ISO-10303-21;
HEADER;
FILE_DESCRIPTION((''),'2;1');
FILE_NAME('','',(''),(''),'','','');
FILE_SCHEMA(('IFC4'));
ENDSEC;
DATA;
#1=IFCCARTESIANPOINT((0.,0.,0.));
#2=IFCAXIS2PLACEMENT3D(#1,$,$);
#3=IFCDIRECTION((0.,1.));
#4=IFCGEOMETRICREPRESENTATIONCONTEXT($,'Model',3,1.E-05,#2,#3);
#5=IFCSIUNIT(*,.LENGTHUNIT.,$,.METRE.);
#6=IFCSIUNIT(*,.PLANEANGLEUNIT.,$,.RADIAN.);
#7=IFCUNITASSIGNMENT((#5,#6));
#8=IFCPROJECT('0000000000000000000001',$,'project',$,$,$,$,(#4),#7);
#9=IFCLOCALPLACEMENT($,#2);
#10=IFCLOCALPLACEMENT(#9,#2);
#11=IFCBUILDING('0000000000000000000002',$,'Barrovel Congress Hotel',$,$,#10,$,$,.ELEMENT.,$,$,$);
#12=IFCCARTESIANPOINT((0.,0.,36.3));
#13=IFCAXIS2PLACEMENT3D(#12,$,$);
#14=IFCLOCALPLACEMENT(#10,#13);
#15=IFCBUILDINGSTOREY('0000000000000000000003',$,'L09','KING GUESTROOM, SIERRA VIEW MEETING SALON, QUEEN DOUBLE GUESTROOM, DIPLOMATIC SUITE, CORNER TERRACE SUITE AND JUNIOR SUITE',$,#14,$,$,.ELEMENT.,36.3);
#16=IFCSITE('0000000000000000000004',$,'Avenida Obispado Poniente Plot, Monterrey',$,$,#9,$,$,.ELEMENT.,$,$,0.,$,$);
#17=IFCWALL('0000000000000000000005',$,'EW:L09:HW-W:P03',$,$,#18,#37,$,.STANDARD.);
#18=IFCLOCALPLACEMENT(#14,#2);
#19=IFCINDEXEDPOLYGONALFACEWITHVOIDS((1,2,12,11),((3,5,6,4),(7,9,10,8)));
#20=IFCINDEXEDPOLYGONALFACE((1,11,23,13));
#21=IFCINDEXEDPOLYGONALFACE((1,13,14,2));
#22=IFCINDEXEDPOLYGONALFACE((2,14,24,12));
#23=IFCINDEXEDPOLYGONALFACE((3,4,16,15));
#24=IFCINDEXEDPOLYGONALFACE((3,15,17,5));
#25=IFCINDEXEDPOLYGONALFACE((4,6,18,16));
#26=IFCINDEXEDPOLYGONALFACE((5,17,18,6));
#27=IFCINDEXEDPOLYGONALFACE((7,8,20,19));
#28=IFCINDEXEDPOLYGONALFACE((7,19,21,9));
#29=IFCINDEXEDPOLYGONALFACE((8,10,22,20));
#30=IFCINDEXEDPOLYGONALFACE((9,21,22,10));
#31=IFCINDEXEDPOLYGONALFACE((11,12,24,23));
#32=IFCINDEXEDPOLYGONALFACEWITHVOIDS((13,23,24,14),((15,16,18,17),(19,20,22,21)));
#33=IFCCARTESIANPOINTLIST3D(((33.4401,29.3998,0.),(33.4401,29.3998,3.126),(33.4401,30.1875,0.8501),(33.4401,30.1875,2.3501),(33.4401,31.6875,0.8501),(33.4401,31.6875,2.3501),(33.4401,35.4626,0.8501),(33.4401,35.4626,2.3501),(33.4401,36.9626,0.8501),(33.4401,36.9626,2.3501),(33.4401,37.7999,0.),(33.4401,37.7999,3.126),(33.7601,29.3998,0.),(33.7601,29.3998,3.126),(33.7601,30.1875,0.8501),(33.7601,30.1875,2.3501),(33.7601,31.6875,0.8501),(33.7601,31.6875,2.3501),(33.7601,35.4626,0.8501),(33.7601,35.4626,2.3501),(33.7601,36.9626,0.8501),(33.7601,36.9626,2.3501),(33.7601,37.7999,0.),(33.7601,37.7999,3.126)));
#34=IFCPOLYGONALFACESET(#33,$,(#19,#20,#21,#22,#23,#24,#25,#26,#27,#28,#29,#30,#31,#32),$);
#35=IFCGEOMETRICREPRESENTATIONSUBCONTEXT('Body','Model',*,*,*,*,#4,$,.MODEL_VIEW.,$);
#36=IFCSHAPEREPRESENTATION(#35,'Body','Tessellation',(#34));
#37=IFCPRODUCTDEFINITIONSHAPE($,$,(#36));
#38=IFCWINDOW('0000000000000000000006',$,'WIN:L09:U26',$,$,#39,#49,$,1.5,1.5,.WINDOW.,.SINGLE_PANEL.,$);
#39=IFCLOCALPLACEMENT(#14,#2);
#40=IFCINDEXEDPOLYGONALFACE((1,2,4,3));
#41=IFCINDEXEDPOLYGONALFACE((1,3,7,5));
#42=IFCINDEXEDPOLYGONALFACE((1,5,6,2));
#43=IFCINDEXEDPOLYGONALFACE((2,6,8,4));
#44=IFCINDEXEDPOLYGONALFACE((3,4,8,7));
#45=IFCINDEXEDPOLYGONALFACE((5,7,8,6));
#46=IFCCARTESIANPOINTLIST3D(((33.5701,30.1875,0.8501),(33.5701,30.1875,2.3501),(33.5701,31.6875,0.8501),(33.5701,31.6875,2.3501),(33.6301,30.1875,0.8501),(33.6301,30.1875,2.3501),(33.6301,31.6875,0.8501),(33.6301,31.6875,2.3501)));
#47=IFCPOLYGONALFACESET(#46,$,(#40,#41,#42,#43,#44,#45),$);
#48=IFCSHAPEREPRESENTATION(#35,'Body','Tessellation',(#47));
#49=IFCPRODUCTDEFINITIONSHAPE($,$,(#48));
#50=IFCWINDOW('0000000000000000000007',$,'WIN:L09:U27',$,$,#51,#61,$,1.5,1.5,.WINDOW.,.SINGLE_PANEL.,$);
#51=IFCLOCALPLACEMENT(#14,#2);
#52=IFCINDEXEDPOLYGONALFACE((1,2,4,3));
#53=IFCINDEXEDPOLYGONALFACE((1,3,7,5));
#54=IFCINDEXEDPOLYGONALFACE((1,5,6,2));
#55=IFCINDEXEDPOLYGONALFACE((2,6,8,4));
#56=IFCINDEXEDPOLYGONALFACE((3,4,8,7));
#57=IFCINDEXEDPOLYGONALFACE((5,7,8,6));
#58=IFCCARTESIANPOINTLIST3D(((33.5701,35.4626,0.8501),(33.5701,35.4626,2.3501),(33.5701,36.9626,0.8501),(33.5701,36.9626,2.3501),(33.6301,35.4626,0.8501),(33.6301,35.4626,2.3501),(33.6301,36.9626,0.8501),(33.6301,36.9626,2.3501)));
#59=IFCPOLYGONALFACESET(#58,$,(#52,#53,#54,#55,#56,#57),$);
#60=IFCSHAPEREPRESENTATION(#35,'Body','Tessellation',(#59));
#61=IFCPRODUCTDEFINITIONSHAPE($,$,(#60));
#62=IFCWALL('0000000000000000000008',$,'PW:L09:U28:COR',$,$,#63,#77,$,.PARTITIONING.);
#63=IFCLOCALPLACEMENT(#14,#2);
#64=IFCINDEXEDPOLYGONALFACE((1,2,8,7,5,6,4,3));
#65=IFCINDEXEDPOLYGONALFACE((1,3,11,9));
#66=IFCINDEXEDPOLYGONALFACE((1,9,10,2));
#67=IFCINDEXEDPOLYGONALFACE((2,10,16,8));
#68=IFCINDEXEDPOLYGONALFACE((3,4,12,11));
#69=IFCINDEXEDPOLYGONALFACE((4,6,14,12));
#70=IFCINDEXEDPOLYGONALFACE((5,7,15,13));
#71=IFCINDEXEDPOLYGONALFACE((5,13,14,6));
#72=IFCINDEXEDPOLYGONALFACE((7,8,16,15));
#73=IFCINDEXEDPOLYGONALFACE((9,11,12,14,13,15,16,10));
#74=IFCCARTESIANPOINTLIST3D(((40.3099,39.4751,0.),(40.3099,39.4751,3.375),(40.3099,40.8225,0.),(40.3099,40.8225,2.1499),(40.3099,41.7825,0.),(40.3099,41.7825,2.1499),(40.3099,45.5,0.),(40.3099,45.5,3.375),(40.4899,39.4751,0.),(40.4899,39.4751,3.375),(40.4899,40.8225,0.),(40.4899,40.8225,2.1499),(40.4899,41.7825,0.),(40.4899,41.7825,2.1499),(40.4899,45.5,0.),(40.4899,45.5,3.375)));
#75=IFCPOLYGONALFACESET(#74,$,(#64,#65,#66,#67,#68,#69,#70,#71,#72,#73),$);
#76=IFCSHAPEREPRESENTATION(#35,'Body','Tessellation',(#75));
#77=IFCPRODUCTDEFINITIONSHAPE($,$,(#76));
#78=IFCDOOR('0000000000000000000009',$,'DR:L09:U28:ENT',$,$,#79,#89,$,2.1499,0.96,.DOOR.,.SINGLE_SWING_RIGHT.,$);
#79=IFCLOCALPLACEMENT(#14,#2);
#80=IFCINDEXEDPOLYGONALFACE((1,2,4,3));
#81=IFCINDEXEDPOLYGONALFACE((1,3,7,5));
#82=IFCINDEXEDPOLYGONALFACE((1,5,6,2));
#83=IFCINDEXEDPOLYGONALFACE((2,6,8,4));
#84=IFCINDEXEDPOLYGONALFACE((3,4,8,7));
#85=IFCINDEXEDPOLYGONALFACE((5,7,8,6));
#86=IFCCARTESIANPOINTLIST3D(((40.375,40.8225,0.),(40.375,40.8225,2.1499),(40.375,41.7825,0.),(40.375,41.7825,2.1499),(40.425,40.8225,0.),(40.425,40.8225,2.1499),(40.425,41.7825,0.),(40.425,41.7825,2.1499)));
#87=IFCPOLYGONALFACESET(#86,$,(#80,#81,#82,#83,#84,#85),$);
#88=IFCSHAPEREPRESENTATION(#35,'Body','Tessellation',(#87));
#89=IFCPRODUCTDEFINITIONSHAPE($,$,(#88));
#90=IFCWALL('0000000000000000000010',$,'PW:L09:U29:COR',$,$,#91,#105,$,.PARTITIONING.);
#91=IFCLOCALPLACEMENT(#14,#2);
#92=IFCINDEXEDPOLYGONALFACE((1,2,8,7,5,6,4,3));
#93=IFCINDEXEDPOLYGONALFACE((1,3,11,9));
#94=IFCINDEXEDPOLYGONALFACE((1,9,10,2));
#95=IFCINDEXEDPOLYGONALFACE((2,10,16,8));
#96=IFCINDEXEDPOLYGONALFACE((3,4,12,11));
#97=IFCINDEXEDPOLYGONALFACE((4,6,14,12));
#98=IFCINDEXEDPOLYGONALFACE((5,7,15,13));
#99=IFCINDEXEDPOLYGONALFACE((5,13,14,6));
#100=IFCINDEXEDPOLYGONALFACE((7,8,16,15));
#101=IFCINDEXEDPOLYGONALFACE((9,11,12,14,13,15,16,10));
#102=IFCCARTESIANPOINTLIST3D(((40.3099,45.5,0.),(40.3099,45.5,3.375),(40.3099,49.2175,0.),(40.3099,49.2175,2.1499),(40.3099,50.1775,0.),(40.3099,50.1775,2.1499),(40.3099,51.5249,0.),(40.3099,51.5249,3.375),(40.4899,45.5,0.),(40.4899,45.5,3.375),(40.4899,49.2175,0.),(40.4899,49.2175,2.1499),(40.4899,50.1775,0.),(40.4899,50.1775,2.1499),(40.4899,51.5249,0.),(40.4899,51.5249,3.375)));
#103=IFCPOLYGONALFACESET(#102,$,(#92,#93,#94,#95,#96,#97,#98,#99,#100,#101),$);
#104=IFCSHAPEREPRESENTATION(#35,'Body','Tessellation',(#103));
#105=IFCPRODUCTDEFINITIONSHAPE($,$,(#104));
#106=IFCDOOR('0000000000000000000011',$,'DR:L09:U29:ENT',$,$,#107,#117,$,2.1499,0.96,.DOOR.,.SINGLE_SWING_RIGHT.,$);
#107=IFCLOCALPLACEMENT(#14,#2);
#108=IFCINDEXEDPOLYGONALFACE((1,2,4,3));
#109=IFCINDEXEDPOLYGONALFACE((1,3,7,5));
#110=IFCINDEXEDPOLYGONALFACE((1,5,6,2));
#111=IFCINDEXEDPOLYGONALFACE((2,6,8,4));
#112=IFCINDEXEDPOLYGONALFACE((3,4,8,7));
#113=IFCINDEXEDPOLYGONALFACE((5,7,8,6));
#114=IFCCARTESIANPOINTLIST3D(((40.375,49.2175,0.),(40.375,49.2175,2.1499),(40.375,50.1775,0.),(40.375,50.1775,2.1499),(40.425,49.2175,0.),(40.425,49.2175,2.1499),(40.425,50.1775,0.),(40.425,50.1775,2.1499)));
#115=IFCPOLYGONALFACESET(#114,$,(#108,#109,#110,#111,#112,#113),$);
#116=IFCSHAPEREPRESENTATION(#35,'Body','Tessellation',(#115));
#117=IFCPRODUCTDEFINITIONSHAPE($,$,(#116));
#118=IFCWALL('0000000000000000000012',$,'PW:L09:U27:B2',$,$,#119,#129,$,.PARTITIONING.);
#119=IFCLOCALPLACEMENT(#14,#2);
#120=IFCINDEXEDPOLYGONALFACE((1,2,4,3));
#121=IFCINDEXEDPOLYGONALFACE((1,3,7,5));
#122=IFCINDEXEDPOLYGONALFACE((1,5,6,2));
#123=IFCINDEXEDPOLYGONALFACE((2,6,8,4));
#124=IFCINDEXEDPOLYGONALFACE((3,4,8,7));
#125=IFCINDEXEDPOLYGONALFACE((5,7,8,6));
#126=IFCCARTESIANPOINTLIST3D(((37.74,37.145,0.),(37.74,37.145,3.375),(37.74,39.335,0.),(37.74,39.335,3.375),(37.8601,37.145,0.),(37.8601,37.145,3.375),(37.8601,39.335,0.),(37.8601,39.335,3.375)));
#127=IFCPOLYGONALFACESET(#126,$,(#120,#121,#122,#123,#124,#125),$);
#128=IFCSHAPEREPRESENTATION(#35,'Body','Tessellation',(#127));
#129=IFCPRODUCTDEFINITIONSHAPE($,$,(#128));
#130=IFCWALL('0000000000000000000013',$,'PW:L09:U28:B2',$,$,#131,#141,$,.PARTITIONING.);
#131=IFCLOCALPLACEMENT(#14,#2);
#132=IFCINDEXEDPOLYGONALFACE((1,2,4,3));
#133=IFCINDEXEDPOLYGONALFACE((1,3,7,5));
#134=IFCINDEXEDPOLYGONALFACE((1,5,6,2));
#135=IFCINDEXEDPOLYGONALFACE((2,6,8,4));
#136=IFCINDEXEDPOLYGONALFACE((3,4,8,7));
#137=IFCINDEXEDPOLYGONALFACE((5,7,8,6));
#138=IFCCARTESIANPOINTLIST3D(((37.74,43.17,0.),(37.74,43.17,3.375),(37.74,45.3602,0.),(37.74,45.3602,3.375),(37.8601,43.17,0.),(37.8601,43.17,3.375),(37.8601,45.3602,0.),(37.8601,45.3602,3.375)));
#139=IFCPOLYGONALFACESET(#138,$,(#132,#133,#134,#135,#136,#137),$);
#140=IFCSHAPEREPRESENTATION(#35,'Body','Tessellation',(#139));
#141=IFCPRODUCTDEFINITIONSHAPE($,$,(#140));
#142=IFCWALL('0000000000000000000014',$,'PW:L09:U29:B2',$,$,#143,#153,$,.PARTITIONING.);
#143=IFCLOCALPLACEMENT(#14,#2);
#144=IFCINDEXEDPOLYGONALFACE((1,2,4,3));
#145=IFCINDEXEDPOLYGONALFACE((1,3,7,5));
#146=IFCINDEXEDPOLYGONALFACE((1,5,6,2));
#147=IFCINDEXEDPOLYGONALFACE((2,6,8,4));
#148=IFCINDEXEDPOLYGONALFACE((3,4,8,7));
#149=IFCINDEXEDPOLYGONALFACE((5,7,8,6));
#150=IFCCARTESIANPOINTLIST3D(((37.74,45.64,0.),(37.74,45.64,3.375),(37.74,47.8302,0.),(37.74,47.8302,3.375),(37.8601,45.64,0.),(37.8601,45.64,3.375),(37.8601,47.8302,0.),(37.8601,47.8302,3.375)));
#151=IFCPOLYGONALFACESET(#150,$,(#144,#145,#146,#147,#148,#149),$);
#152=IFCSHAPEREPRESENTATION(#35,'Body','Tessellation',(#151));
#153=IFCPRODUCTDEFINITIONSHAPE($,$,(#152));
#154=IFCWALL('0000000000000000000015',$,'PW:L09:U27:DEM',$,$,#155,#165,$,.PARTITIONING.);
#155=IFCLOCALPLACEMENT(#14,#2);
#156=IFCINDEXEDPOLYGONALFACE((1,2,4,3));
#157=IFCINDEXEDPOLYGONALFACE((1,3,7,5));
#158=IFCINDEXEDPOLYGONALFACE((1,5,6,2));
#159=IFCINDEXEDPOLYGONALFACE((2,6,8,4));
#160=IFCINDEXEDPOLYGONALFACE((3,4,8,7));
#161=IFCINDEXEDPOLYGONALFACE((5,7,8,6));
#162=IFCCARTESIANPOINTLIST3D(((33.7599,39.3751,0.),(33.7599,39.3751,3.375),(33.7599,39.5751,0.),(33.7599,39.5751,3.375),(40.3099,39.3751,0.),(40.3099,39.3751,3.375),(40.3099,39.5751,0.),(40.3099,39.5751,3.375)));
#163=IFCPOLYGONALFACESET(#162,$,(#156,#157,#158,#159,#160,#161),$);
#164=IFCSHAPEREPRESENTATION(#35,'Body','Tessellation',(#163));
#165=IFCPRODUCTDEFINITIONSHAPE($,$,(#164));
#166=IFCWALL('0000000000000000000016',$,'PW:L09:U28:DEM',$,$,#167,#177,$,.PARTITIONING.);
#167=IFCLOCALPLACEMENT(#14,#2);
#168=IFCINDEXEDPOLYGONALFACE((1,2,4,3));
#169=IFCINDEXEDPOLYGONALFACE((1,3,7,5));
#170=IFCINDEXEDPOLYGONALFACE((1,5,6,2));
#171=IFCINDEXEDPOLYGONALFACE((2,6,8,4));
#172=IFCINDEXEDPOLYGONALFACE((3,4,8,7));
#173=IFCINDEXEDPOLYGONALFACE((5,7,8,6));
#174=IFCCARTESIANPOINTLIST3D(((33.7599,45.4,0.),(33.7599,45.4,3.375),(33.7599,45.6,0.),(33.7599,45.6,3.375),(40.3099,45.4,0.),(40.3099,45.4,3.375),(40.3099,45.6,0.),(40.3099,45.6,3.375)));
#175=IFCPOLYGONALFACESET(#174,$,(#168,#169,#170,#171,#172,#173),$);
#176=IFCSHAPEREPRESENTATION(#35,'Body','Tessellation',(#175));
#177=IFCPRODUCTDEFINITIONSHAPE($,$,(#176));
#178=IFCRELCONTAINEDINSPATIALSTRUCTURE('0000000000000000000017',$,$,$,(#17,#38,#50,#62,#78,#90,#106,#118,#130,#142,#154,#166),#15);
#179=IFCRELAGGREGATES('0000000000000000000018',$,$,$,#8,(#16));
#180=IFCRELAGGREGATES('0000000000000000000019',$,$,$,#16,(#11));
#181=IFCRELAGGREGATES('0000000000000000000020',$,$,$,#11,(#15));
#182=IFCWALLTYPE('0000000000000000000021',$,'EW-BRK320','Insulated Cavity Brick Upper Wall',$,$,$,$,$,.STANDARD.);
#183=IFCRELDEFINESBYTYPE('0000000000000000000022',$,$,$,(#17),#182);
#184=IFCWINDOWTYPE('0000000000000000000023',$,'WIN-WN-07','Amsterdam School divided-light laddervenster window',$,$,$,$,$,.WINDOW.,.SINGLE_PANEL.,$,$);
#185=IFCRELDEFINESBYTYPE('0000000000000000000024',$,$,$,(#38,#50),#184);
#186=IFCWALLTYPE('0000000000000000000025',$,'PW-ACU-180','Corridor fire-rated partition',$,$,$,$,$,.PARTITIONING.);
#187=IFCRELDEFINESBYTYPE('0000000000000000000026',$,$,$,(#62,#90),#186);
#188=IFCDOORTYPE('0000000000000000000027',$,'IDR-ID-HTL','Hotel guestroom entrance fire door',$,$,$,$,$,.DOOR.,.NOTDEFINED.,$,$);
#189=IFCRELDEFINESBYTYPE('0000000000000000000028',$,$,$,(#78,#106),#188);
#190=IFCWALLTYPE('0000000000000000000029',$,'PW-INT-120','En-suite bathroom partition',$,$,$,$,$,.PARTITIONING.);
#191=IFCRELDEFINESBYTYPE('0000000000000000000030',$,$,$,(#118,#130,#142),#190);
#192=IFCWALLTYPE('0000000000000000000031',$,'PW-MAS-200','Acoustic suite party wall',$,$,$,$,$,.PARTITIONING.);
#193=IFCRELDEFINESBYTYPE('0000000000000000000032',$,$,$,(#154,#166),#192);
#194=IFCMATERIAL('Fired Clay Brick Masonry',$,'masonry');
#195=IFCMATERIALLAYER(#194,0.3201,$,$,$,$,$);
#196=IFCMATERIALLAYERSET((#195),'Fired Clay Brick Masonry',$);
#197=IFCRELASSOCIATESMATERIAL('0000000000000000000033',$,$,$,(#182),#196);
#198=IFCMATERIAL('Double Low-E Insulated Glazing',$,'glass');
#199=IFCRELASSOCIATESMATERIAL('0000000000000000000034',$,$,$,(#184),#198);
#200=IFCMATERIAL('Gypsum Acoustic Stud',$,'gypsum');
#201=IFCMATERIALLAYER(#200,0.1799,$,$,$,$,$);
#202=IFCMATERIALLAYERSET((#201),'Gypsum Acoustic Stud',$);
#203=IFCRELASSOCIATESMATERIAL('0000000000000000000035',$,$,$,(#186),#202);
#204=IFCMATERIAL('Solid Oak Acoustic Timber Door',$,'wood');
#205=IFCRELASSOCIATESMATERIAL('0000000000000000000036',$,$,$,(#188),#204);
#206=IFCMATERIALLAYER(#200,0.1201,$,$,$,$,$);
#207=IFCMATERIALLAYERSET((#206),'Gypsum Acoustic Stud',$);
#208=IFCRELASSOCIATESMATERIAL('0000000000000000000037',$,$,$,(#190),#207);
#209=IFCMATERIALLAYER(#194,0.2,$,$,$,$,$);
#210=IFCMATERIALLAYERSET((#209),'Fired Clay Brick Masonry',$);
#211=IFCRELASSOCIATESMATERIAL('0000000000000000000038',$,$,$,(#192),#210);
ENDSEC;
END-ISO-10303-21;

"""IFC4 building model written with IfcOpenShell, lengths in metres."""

from ifc_helpers import new_model, si_unit, direction, frame, frame_2d, origin, place, context, subcontext, project, spatial, rectangle, extrude, material, layer, layer_set, type_object, element, fill, save


model = new_model("IFC4")

# Units and contexts
model_context = context("Model", 3, precision=1e-05, world=origin(), true_north=direction((0.0, 1.0)))
body_context = subcontext(model_context, "Body", "Model", "MODEL_VIEW")
ifc_project = project(units=[si_unit("LENGTHUNIT", "METRE"), si_unit("PLANEANGLEUNIT", "RADIAN")], contexts=[model_context])

# Site, building, storey
site_placement = place(None, origin())
site = spatial("IfcSite", under=ifc_project, at=site_placement, Name="Avenida Obispado Poniente Plot, Monterrey", CompositionType="ELEMENT", RefElevation=0.0)
building_placement = place(site_placement, origin())
building = spatial("IfcBuilding", under=site, at=building_placement, Name="Barrovel Congress Hotel", CompositionType="ELEMENT")
storey_placement = place(building_placement, frame((0.0, 0.0, 36.3)))
storey = spatial("IfcBuildingStorey", under=building, at=storey_placement, Name="L09", Description="KING GUESTROOM, SIERRA VIEW MEETING SALON, QUEEN DOUBLE GUESTROOM, DIPLOMATIC SUITE, CORNER TERRACE SUITE AND JUNIOR SUITE", CompositionType="ELEMENT", Elevation=36.3)

# Wall, openings, windows
ifc_material_1 = material(Name="Fired Clay Brick Masonry", Category="masonry")
ifc_layer_1 = layer(ifc_material_1, 0.3201)
ifc_layer_set_1 = layer_set([ifc_layer_1], Name="Fired Clay Brick Masonry")
wall_type_1 = type_object("IfcWallType", Name="EW-BRK320", Description="Insulated Cavity Brick Upper Wall", PredefinedType="STANDARD", material=ifc_layer_set_1)
wall_1_placement = place(storey_placement, frame((33.6001, 37.8, 0.0), z_axis=(0.0, 0.0, 1.0), x_axis=(0.0, -1.0, 0.0)))
wall_1 = element("IfcWall", 1, at=wall_1_placement, inside=storey, type_object=wall_type_1, Name="EW:L09:HW-W:P03", PredefinedType="STANDARD", context=body_context, shape_type="SweptSolid", body=[
    extrude(rectangle(XDim=8.4001, YDim=0.3201, at=frame_2d((4.2002, 0.0))), origin(), (0.0, 0.0, 1.0), 3.126),
])
opening_1_placement = place(wall_1_placement, frame((6.1125, 0.0, 0.8501)))
opening_1 = element("IfcOpeningElement", 2, at=opening_1_placement, cuts=wall_1, PredefinedType="OPENING", context=body_context, shape_type="SweptSolid", body=[
    extrude(rectangle(XDim=1.5, YDim=1.5, at=frame_2d((0.75, 0.75))), frame((0.0, 0.1699, 0.0), z_axis=(0.0, -1.0, 0.0), x_axis=(1.0, 0.0, 0.0)), (0.0, 0.0, 1.0), 0.3401),
])
opening_2_placement = place(wall_1_placement, frame((0.8374, 0.0, 0.8501)))
opening_2 = element("IfcOpeningElement", 3, at=opening_2_placement, cuts=wall_1, PredefinedType="OPENING", context=body_context, shape_type="SweptSolid", body=[
    extrude(rectangle(XDim=1.5, YDim=1.5, at=frame_2d((0.75, 0.75))), frame((0.0, 0.1699, 0.0), z_axis=(0.0, -1.0, 0.0), x_axis=(1.0, 0.0, 0.0)), (0.0, 0.0, 1.0), 0.3401),
])
ifc_material_2 = material(Name="Double Low-E Insulated Glazing", Category="glass")
window_type = type_object("IfcWindowType", Name="WIN-WN-07", Description="Amsterdam School divided-light laddervenster window", PartitioningType="SINGLE_PANEL", PredefinedType="WINDOW", material=ifc_material_2)
window_1_placement = place(opening_1_placement, origin())
window_1 = element("IfcWindow", 4, at=window_1_placement, inside=storey, type_object=window_type, Name="WIN:L09:U26", OverallHeight=1.5, OverallWidth=1.5, PartitioningType="SINGLE_PANEL", PredefinedType="WINDOW", context=body_context, shape_type="SweptSolid", body=[
    extrude(rectangle(XDim=1.5, YDim=1.5, at=frame_2d((0.75, 0.75))), frame((0.0, 0.03, 0.0), z_axis=(0.0, -1.0, 0.0), x_axis=(1.0, 0.0, 0.0)), (0.0, 0.0, 1.0), 0.0601),
])
fill(opening_1, window_1)
window_2_placement = place(opening_2_placement, origin())
window_2 = element("IfcWindow", 5, at=window_2_placement, inside=storey, type_object=window_type, Name="WIN:L09:U27", OverallHeight=1.5, OverallWidth=1.5, PartitioningType="SINGLE_PANEL", PredefinedType="WINDOW", context=body_context, shape_type="SweptSolid", body=[
    extrude(rectangle(XDim=1.5, YDim=1.5, at=frame_2d((0.75, 0.75))), frame((0.0, 0.03, 0.0), z_axis=(0.0, -1.0, 0.0), x_axis=(1.0, 0.0, 0.0)), (0.0, 0.0, 1.0), 0.0601),
])
fill(opening_2, window_2)

# Walls, openings, doors
ifc_material_3 = material(Name="Gypsum Acoustic Stud", Category="gypsum")
ifc_layer_2 = layer(ifc_material_3, 0.1799)
ifc_layer_set_2 = layer_set([ifc_layer_2], Name="Gypsum Acoustic Stud")
wall_type_2 = type_object("IfcWallType", Name="PW-ACU-180", Description="Corridor fire-rated partition", PredefinedType="PARTITIONING", material=ifc_layer_set_2)
wall_2_placement = place(storey_placement, frame((40.3999, 39.4751, 0.0), z_axis=(0.0, 0.0, 1.0), x_axis=(0.0, 1.0, 0.0)))
wall_2 = element("IfcWall", 6, at=wall_2_placement, inside=storey, type_object=wall_type_2, Name="PW:L09:U28:COR", PredefinedType="PARTITIONING", context=body_context, shape_type="SweptSolid", body=[
    extrude(rectangle(XDim=6.0249, YDim=0.1799, at=frame_2d((3.0125, 0.0))), origin(), (0.0, 0.0, 1.0), 3.375),
])
opening_3_placement = place(wall_2_placement, frame((1.3474, 0.0, 0.0)))
opening_3 = element("IfcOpeningElement", 7, at=opening_3_placement, cuts=wall_2, PredefinedType="OPENING", context=body_context, shape_type="SweptSolid", body=[
    extrude(rectangle(XDim=0.96, YDim=2.1499, at=frame_2d((0.48, 1.075))), frame((0.0, 0.1001, 0.0), z_axis=(0.0, -1.0, 0.0), x_axis=(1.0, 0.0, 0.0)), (0.0, 0.0, 1.0), 0.2),
])
ifc_material_4 = material(Name="Solid Oak Acoustic Timber Door", Category="wood")
door_type_1 = type_object("IfcDoorType", Name="IDR-ID-HTL", Description="Hotel guestroom entrance fire door", OperationType="NOTDEFINED", PredefinedType="DOOR", material=ifc_material_4)
door_1_placement = place(opening_3_placement, origin())
door_1 = element("IfcDoor", 8, at=door_1_placement, inside=storey, type_object=door_type_1, Name="DR:L09:U28:ENT", OperationType="SINGLE_SWING_RIGHT", OverallHeight=2.1499, OverallWidth=0.96, PredefinedType="DOOR", context=body_context, shape_type="SweptSolid", body=[
    extrude(rectangle(XDim=0.96, YDim=2.1499, at=frame_2d((0.48, 1.075))), frame((0.0, 0.0249, 0.0), z_axis=(0.0, -1.0, 0.0), x_axis=(1.0, 0.0, 0.0)), (0.0, 0.0, 1.0), 0.05),
])
fill(opening_3, door_1)
wall_3_placement = place(storey_placement, frame((40.3999, 45.5, 0.0), z_axis=(0.0, 0.0, 1.0), x_axis=(0.0, 1.0, 0.0)))
wall_3 = element("IfcWall", 9, at=wall_3_placement, inside=storey, type_object=wall_type_2, Name="PW:L09:U29:COR", PredefinedType="PARTITIONING", context=body_context, shape_type="SweptSolid", body=[
    extrude(rectangle(XDim=6.0249, YDim=0.1799, at=frame_2d((3.0125, 0.0))), origin(), (0.0, 0.0, 1.0), 3.375),
])
opening_4_placement = place(wall_3_placement, frame((3.7175, 0.0, 0.0)))
opening_4 = element("IfcOpeningElement", 10, at=opening_4_placement, cuts=wall_3, PredefinedType="OPENING", context=body_context, shape_type="SweptSolid", body=[
    extrude(rectangle(XDim=0.96, YDim=2.1499, at=frame_2d((0.48, 1.075))), frame((0.0, 0.1001, 0.0), z_axis=(0.0, -1.0, 0.0), x_axis=(1.0, 0.0, 0.0)), (0.0, 0.0, 1.0), 0.2),
])
door_2_placement = place(opening_4_placement, origin())
door_2 = element("IfcDoor", 11, at=door_2_placement, inside=storey, type_object=door_type_1, Name="DR:L09:U29:ENT", OperationType="SINGLE_SWING_RIGHT", OverallHeight=2.1499, OverallWidth=0.96, PredefinedType="DOOR", context=body_context, shape_type="SweptSolid", body=[
    extrude(rectangle(XDim=0.96, YDim=2.1499, at=frame_2d((0.48, 1.075))), frame((0.0, 0.0249, 0.0), z_axis=(0.0, -1.0, 0.0), x_axis=(1.0, 0.0, 0.0)), (0.0, 0.0, 1.0), 0.05),
])
fill(opening_4, door_2)

# Walls
ifc_layer_3 = layer(ifc_material_3, 0.1201)
ifc_layer_set_3 = layer_set([ifc_layer_3], Name="Gypsum Acoustic Stud")
wall_type_3 = type_object("IfcWallType", Name="PW-INT-120", Description="En-suite bathroom partition", PredefinedType="PARTITIONING", material=ifc_layer_set_3)
wall_4_placement = place(storey_placement, frame((37.8, 37.145, 0.0), z_axis=(0.0, 0.0, 1.0), x_axis=(0.0, 1.0, 0.0)))
element("IfcWall", 12, at=wall_4_placement, inside=storey, type_object=wall_type_3, Name="PW:L09:U27:B2", PredefinedType="PARTITIONING", context=body_context, shape_type="SweptSolid", body=[
    extrude(rectangle(XDim=2.1899, YDim=0.1201, at=frame_2d((1.095, 0.0))), origin(), (0.0, 0.0, 1.0), 3.375),
])
for number, where, z_axis, x_axis, name in (
    (13, (37.8, 43.1699, 0.0), (0.0, 0.0, 1.0), (0.0, 1.0, 0.0), "PW:L09:U28:B2"),
    (14, (37.8, 45.6399, 0.0), (0.0, 0.0, 1.0), (0.0, 1.0, 0.0), "PW:L09:U29:B2"),
):
    element("IfcWall", number, at=place(storey_placement, frame(where, z_axis=z_axis, x_axis=x_axis)), inside=storey, type_object=wall_type_3, Name=name, PredefinedType="PARTITIONING", context=body_context, shape_type="SweptSolid", body=[
        extrude(rectangle(XDim=2.1902, YDim=0.1201, at=frame_2d((1.0952, 0.0))), origin(), (0.0, 0.0, 1.0), 3.375),
    ])
ifc_layer_4 = layer(ifc_material_1, 0.2)
ifc_layer_set_4 = layer_set([ifc_layer_4], Name="Fired Clay Brick Masonry")
wall_type_4 = type_object("IfcWallType", Name="PW-MAS-200", Description="Acoustic suite party wall", PredefinedType="PARTITIONING", material=ifc_layer_set_4)
for number, where, z_axis, x_axis, name in (
    (15, (33.76, 39.4751, 0.0), (0.0, 0.0, 1.0), (1.0, 0.0, 0.0), "PW:L09:U27:DEM"),
    (16, (33.76, 45.5, 0.0), (0.0, 0.0, 1.0), (1.0, 0.0, 0.0), "PW:L09:U28:DEM"),
):
    element("IfcWall", number, at=place(storey_placement, frame(where, z_axis=z_axis, x_axis=x_axis)), inside=storey, type_object=wall_type_4, Name=name, PredefinedType="PARTITIONING", context=body_context, shape_type="SweptSolid", body=[
        extrude(rectangle(XDim=6.55, YDim=0.2, at=frame_2d((3.2749, 0.0))), origin(), (0.0, 0.0, 1.0), 3.375),
    ])

save(model, "model.ifc")
